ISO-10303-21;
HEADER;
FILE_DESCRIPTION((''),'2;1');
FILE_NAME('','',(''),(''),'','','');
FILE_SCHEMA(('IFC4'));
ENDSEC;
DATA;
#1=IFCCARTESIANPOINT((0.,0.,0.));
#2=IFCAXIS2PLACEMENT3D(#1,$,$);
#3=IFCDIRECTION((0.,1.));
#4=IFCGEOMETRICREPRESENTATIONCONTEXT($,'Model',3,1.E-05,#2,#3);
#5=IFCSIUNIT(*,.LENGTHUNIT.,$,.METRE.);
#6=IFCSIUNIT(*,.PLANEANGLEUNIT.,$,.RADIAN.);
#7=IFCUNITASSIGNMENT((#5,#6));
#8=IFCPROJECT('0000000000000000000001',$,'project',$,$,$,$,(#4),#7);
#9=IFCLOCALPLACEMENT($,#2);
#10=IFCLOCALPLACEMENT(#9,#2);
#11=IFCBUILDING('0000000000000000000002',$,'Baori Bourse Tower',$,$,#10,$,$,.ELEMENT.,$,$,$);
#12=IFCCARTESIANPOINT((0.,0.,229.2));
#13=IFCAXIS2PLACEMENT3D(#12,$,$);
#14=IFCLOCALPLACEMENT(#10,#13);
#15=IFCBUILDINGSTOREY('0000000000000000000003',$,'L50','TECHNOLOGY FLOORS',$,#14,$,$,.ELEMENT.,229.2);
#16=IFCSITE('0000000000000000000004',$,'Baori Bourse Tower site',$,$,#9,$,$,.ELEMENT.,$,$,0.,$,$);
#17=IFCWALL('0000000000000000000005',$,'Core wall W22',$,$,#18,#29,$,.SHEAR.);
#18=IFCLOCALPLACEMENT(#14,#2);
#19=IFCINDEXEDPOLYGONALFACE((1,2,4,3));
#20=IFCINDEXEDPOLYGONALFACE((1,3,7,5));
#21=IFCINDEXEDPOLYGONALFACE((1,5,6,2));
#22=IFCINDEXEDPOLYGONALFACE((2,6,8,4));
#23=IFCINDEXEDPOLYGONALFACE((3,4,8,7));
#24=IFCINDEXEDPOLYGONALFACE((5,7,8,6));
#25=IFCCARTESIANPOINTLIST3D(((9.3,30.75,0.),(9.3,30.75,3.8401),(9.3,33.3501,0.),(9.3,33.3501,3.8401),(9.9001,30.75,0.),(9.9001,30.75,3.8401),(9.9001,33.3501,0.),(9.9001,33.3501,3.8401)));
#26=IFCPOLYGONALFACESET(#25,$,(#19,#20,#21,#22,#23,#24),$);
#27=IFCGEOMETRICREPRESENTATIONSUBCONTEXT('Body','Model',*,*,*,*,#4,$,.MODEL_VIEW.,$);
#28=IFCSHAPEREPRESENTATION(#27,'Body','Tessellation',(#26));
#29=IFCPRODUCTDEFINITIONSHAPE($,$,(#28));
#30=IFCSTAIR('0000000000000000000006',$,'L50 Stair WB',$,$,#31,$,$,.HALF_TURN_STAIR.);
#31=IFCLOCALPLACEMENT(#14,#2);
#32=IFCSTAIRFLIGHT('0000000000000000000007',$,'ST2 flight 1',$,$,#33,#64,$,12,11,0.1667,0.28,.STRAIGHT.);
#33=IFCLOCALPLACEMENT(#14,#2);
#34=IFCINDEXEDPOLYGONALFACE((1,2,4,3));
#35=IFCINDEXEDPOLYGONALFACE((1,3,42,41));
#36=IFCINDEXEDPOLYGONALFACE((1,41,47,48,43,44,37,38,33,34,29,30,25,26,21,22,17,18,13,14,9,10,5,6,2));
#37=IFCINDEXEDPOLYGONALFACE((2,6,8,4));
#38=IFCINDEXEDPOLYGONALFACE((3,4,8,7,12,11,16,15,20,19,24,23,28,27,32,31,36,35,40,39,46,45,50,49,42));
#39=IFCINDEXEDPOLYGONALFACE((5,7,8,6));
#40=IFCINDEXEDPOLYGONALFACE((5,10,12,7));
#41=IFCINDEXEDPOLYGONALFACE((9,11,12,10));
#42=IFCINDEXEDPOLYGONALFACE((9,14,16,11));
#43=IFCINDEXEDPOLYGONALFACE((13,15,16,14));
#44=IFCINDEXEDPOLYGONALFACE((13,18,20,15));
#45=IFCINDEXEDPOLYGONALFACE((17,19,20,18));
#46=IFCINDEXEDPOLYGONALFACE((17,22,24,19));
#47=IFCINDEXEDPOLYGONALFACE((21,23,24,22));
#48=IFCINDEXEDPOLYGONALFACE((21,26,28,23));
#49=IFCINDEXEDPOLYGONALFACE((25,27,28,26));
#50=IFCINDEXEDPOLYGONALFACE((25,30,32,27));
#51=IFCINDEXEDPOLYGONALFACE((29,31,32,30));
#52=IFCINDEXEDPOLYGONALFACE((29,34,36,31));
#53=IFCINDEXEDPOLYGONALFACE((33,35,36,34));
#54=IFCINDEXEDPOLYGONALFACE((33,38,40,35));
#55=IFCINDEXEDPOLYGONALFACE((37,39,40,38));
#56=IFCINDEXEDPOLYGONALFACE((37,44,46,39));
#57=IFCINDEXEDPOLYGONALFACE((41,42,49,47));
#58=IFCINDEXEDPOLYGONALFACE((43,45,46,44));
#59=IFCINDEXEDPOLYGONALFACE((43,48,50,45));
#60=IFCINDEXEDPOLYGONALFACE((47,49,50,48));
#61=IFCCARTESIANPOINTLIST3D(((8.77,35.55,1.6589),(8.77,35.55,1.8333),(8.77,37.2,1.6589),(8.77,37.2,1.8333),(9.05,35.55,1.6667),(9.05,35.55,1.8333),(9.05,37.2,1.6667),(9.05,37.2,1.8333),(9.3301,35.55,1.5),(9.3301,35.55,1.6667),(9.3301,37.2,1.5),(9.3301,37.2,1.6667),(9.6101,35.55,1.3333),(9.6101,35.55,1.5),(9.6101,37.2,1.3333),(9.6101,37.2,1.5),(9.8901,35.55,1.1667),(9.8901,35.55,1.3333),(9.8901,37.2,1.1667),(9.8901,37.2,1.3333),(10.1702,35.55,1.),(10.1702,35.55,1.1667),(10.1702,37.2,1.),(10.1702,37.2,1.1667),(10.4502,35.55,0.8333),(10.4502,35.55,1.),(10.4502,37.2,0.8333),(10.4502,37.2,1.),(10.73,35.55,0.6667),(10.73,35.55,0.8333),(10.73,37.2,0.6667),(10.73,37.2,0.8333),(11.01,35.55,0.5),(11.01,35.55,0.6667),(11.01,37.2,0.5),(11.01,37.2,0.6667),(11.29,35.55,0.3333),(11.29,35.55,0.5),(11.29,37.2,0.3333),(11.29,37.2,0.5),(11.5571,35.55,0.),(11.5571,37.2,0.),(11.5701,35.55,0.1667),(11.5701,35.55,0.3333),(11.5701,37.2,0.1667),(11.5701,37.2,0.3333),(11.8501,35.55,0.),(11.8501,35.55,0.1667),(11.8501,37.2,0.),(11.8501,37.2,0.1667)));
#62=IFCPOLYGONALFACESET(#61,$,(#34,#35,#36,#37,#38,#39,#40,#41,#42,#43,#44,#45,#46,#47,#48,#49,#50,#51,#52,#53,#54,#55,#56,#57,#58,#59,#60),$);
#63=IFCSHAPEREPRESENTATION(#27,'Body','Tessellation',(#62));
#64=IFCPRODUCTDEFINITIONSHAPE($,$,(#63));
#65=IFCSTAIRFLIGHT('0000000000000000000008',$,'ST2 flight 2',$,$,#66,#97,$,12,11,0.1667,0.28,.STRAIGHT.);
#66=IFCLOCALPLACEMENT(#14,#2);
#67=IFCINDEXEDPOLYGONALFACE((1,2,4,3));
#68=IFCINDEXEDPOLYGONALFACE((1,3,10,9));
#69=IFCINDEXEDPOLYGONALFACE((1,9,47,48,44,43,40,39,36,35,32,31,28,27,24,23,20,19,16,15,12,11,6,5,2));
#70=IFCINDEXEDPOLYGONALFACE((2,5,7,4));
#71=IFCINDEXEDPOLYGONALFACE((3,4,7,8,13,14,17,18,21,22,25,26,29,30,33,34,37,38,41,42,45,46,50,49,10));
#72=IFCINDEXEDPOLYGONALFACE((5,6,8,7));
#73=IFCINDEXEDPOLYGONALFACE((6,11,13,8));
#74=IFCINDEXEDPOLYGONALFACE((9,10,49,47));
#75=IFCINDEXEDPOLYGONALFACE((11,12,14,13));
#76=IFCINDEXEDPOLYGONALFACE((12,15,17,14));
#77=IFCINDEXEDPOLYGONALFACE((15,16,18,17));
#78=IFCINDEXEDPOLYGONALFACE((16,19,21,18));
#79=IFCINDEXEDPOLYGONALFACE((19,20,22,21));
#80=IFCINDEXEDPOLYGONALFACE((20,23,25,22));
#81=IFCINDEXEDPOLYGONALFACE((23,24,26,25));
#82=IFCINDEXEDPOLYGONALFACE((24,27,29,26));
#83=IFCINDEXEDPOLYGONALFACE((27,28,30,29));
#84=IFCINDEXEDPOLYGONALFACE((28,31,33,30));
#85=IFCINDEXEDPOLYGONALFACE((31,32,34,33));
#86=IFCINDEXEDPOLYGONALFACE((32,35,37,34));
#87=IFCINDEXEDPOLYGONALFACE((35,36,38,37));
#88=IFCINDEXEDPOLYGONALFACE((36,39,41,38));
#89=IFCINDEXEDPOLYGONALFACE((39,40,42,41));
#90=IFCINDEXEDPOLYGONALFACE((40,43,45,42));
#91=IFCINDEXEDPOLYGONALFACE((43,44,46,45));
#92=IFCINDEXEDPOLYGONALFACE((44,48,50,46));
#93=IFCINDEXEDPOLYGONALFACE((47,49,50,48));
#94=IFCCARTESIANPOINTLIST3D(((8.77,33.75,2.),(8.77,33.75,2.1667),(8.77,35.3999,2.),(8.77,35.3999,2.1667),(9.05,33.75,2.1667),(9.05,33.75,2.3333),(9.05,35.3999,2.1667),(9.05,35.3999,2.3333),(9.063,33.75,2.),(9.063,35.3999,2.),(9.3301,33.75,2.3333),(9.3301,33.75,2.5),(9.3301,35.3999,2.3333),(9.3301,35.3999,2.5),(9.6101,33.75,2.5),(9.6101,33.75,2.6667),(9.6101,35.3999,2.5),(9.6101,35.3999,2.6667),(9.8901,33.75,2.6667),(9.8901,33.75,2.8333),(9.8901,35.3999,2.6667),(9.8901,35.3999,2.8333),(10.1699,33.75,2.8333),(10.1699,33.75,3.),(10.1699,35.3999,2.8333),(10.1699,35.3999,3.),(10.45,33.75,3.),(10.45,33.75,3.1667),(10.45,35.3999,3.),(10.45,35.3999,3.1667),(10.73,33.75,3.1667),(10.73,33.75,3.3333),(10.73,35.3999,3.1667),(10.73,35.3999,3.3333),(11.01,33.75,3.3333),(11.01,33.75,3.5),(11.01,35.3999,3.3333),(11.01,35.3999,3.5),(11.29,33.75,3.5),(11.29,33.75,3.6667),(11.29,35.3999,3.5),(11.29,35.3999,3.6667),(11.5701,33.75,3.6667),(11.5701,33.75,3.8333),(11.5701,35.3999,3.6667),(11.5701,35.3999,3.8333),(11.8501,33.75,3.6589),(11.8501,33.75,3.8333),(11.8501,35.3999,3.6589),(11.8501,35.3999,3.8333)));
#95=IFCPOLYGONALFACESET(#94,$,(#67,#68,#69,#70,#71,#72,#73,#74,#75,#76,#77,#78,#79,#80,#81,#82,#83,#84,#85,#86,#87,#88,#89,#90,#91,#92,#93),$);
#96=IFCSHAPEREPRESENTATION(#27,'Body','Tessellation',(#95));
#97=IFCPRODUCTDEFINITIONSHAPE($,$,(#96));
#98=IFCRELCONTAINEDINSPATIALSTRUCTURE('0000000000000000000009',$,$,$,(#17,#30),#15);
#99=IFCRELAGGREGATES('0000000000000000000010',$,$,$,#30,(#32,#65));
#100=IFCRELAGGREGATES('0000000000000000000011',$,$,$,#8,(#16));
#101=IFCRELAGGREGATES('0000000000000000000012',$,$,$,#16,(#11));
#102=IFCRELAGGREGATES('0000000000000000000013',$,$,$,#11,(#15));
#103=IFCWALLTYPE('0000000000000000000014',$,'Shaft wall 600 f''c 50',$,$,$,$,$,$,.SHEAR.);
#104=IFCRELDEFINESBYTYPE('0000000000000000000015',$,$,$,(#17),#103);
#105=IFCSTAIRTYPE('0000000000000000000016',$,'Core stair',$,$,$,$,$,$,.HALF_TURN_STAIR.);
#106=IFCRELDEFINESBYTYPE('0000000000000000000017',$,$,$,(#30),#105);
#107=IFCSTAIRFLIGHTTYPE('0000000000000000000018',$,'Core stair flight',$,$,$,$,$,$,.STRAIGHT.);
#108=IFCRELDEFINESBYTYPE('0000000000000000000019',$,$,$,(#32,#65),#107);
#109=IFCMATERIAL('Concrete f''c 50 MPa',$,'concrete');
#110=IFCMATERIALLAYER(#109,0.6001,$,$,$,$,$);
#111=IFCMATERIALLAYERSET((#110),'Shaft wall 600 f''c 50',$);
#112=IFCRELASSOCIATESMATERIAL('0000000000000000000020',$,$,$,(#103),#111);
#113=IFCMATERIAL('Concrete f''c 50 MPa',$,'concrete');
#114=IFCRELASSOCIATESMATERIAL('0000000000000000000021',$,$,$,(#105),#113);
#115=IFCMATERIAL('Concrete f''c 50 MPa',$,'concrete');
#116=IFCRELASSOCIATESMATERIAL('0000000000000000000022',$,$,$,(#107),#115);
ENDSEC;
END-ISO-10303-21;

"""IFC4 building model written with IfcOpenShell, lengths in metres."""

from ifc_helpers import new_model, si_unit, direction, frame, frame_2d, origin, place, context, subcontext, project, spatial, polyline, rectangle, outline, extrude, material, layer, layer_set, type_object, element, aggregate, save


model = new_model("IFC4")

# Units and contexts
model_context = context("Model", 3, precision=1e-05, world=origin(), true_north=direction((0.0, 1.0)))
body_context = subcontext(model_context, "Body", "Model", "MODEL_VIEW")
ifc_project = project(units=[si_unit("LENGTHUNIT", "METRE"), si_unit("PLANEANGLEUNIT", "RADIAN")], contexts=[model_context])

# Site, building, storey
site_placement = place(None, origin())
site = spatial("IfcSite", under=ifc_project, at=site_placement, Name="Baori Bourse Tower site", CompositionType="ELEMENT", RefElevation=0.0)
building_placement = place(site_placement, origin())
building = spatial("IfcBuilding", under=site, at=building_placement, Name="Baori Bourse Tower", CompositionType="ELEMENT")
storey_placement = place(building_placement, frame((0.0, 0.0, 229.2)))
storey = spatial("IfcBuildingStorey", under=building, at=storey_placement, Name="L50", Description="TECHNOLOGY FLOORS", CompositionType="ELEMENT", Elevation=229.2)

# Wall
ifc_material_1 = material(Name="Concrete f'c 50 MPa", Category="concrete")
ifc_layer_1 = layer(ifc_material_1, 0.6001)
ifc_layer_set_1 = layer_set([ifc_layer_1], Name="Shaft wall 600 f'c 50")
wall_type_1 = type_object("IfcWallType", Name="Shaft wall 600 f'c 50", PredefinedType="SHEAR", material=ifc_layer_set_1)
wall_1_placement = place(storey_placement, frame((9.6001, 30.75, 0.0), z_axis=(0.0, 0.0, 1.0), x_axis=(0.0, 1.0, 0.0)))
element("IfcWall", 1, at=wall_1_placement, inside=storey, type_object=wall_type_1, Name="Core wall W22", PredefinedType="SHEAR", context=body_context, shape_type="SweptSolid", body=[
    extrude(rectangle(XDim=2.6001, YDim=0.6001, at=frame_2d((1.3, 0.0))), origin(), (0.0, 0.0, 1.0), 3.8401),
])

# Stair, stair flights
ifc_material_2 = material(Name="Concrete f'c 50 MPa", Category="concrete")
stair_type = type_object("IfcStairType", Name="Core stair", PredefinedType="HALF_TURN_STAIR", material=ifc_material_2)
stair_placement = place(storey_placement, origin())
stair = element("IfcStair", 2, at=stair_placement, inside=storey, type_object=stair_type, Name="L50 Stair WB", PredefinedType="HALF_TURN_STAIR")
ifc_material_3 = material(Name="Concrete f'c 50 MPa", Category="concrete")
stair_flight_type = type_object("IfcStairFlightType", Name="Core stair flight", PredefinedType="STRAIGHT", material=ifc_material_3)
stair_flight_1_placement = place(storey_placement, frame((11.8501, 36.375, 0.0), z_axis=(0.0, 0.0, 1.0), x_axis=(-1.0, 0.0, 0.0)))
stair_flight_1 = element("IfcStairFlight", 3, at=stair_flight_1_placement, type_object=stair_flight_type, Name="ST2 flight 1", NumberOfRisers=12, NumberOfTreads=11, PredefinedType="STRAIGHT", RiserHeight=0.1667, TreadLength=0.28, context=body_context, shape_type="SweptSolid", body=[
    extrude(outline(polyline([(0.0, 0.0), (0.0, 0.1667), (0.28, 0.1667), (0.28, 0.3333), (0.5601, 0.3333), (0.5601, 0.5), (0.8401, 0.5), (0.8401, 0.6667), (1.1201, 0.6667), (1.1201, 0.8333), (1.3999, 0.8333), (1.3999, 1.0), (1.6799, 1.0), (1.6799, 1.1667), (1.96, 1.1667), (1.96, 1.3333), (2.24, 1.3333), (2.24, 1.5), (2.52, 1.5), (2.52, 1.6667), (2.8, 1.6667), (2.8, 1.8333), (3.0801, 1.8333), (3.0801, 2.0), (3.0801, 1.6589), (0.293, 0.0), (0.0, 0.0)])), frame((0.0, 0.825, 0.0), z_axis=(0.0, -1.0, 0.0), x_axis=(1.0, 0.0, 0.0)), (0.0, 0.0, 1.0), 1.6499),
])
stair_flight_2_placement = place(storey_placement, frame((8.77, 34.575, 2.0), z_axis=(0.0, 0.0, 1.0), x_axis=(1.0, 0.0, 0.0)))
stair_flight_2 = element("IfcStairFlight", 4, at=stair_flight_2_placement, type_object=stair_flight_type, Name="ST2 flight 2", NumberOfRisers=12, NumberOfTreads=11, PredefinedType="STRAIGHT", RiserHeight=0.1667, TreadLength=0.28, context=body_context, shape_type="SweptSolid", body=[
    extrude(outline(polyline([(0.0, 0.0), (0.0, 0.1667), (0.28, 0.1667), (0.28, 0.3333), (0.5601, 0.3333), (0.5601, 0.5), (0.8401, 0.5), (0.8401, 0.6667), (1.1201, 0.6667), (1.1201, 0.8333), (1.3999, 0.8333), (1.3999, 1.0), (1.6799, 1.0), (1.6799, 1.1667), (1.96, 1.1667), (1.96, 1.3333), (2.24, 1.3333), (2.24, 1.5), (2.52, 1.5), (2.52, 1.6667), (2.8, 1.6667), (2.8, 1.8333), (3.0801, 1.8333), (3.0801, 2.0), (3.0801, 1.6589), (0.293, 0.0), (0.0, 0.0)])), frame((0.0, 0.825, 0.0), z_axis=(0.0, -1.0, 0.0), x_axis=(1.0, 0.0, 0.0)), (0.0, 0.0, 1.0), 1.6499),
])
aggregate(stair, [stair_flight_1, stair_flight_2])

save(model, "model.ifc")
